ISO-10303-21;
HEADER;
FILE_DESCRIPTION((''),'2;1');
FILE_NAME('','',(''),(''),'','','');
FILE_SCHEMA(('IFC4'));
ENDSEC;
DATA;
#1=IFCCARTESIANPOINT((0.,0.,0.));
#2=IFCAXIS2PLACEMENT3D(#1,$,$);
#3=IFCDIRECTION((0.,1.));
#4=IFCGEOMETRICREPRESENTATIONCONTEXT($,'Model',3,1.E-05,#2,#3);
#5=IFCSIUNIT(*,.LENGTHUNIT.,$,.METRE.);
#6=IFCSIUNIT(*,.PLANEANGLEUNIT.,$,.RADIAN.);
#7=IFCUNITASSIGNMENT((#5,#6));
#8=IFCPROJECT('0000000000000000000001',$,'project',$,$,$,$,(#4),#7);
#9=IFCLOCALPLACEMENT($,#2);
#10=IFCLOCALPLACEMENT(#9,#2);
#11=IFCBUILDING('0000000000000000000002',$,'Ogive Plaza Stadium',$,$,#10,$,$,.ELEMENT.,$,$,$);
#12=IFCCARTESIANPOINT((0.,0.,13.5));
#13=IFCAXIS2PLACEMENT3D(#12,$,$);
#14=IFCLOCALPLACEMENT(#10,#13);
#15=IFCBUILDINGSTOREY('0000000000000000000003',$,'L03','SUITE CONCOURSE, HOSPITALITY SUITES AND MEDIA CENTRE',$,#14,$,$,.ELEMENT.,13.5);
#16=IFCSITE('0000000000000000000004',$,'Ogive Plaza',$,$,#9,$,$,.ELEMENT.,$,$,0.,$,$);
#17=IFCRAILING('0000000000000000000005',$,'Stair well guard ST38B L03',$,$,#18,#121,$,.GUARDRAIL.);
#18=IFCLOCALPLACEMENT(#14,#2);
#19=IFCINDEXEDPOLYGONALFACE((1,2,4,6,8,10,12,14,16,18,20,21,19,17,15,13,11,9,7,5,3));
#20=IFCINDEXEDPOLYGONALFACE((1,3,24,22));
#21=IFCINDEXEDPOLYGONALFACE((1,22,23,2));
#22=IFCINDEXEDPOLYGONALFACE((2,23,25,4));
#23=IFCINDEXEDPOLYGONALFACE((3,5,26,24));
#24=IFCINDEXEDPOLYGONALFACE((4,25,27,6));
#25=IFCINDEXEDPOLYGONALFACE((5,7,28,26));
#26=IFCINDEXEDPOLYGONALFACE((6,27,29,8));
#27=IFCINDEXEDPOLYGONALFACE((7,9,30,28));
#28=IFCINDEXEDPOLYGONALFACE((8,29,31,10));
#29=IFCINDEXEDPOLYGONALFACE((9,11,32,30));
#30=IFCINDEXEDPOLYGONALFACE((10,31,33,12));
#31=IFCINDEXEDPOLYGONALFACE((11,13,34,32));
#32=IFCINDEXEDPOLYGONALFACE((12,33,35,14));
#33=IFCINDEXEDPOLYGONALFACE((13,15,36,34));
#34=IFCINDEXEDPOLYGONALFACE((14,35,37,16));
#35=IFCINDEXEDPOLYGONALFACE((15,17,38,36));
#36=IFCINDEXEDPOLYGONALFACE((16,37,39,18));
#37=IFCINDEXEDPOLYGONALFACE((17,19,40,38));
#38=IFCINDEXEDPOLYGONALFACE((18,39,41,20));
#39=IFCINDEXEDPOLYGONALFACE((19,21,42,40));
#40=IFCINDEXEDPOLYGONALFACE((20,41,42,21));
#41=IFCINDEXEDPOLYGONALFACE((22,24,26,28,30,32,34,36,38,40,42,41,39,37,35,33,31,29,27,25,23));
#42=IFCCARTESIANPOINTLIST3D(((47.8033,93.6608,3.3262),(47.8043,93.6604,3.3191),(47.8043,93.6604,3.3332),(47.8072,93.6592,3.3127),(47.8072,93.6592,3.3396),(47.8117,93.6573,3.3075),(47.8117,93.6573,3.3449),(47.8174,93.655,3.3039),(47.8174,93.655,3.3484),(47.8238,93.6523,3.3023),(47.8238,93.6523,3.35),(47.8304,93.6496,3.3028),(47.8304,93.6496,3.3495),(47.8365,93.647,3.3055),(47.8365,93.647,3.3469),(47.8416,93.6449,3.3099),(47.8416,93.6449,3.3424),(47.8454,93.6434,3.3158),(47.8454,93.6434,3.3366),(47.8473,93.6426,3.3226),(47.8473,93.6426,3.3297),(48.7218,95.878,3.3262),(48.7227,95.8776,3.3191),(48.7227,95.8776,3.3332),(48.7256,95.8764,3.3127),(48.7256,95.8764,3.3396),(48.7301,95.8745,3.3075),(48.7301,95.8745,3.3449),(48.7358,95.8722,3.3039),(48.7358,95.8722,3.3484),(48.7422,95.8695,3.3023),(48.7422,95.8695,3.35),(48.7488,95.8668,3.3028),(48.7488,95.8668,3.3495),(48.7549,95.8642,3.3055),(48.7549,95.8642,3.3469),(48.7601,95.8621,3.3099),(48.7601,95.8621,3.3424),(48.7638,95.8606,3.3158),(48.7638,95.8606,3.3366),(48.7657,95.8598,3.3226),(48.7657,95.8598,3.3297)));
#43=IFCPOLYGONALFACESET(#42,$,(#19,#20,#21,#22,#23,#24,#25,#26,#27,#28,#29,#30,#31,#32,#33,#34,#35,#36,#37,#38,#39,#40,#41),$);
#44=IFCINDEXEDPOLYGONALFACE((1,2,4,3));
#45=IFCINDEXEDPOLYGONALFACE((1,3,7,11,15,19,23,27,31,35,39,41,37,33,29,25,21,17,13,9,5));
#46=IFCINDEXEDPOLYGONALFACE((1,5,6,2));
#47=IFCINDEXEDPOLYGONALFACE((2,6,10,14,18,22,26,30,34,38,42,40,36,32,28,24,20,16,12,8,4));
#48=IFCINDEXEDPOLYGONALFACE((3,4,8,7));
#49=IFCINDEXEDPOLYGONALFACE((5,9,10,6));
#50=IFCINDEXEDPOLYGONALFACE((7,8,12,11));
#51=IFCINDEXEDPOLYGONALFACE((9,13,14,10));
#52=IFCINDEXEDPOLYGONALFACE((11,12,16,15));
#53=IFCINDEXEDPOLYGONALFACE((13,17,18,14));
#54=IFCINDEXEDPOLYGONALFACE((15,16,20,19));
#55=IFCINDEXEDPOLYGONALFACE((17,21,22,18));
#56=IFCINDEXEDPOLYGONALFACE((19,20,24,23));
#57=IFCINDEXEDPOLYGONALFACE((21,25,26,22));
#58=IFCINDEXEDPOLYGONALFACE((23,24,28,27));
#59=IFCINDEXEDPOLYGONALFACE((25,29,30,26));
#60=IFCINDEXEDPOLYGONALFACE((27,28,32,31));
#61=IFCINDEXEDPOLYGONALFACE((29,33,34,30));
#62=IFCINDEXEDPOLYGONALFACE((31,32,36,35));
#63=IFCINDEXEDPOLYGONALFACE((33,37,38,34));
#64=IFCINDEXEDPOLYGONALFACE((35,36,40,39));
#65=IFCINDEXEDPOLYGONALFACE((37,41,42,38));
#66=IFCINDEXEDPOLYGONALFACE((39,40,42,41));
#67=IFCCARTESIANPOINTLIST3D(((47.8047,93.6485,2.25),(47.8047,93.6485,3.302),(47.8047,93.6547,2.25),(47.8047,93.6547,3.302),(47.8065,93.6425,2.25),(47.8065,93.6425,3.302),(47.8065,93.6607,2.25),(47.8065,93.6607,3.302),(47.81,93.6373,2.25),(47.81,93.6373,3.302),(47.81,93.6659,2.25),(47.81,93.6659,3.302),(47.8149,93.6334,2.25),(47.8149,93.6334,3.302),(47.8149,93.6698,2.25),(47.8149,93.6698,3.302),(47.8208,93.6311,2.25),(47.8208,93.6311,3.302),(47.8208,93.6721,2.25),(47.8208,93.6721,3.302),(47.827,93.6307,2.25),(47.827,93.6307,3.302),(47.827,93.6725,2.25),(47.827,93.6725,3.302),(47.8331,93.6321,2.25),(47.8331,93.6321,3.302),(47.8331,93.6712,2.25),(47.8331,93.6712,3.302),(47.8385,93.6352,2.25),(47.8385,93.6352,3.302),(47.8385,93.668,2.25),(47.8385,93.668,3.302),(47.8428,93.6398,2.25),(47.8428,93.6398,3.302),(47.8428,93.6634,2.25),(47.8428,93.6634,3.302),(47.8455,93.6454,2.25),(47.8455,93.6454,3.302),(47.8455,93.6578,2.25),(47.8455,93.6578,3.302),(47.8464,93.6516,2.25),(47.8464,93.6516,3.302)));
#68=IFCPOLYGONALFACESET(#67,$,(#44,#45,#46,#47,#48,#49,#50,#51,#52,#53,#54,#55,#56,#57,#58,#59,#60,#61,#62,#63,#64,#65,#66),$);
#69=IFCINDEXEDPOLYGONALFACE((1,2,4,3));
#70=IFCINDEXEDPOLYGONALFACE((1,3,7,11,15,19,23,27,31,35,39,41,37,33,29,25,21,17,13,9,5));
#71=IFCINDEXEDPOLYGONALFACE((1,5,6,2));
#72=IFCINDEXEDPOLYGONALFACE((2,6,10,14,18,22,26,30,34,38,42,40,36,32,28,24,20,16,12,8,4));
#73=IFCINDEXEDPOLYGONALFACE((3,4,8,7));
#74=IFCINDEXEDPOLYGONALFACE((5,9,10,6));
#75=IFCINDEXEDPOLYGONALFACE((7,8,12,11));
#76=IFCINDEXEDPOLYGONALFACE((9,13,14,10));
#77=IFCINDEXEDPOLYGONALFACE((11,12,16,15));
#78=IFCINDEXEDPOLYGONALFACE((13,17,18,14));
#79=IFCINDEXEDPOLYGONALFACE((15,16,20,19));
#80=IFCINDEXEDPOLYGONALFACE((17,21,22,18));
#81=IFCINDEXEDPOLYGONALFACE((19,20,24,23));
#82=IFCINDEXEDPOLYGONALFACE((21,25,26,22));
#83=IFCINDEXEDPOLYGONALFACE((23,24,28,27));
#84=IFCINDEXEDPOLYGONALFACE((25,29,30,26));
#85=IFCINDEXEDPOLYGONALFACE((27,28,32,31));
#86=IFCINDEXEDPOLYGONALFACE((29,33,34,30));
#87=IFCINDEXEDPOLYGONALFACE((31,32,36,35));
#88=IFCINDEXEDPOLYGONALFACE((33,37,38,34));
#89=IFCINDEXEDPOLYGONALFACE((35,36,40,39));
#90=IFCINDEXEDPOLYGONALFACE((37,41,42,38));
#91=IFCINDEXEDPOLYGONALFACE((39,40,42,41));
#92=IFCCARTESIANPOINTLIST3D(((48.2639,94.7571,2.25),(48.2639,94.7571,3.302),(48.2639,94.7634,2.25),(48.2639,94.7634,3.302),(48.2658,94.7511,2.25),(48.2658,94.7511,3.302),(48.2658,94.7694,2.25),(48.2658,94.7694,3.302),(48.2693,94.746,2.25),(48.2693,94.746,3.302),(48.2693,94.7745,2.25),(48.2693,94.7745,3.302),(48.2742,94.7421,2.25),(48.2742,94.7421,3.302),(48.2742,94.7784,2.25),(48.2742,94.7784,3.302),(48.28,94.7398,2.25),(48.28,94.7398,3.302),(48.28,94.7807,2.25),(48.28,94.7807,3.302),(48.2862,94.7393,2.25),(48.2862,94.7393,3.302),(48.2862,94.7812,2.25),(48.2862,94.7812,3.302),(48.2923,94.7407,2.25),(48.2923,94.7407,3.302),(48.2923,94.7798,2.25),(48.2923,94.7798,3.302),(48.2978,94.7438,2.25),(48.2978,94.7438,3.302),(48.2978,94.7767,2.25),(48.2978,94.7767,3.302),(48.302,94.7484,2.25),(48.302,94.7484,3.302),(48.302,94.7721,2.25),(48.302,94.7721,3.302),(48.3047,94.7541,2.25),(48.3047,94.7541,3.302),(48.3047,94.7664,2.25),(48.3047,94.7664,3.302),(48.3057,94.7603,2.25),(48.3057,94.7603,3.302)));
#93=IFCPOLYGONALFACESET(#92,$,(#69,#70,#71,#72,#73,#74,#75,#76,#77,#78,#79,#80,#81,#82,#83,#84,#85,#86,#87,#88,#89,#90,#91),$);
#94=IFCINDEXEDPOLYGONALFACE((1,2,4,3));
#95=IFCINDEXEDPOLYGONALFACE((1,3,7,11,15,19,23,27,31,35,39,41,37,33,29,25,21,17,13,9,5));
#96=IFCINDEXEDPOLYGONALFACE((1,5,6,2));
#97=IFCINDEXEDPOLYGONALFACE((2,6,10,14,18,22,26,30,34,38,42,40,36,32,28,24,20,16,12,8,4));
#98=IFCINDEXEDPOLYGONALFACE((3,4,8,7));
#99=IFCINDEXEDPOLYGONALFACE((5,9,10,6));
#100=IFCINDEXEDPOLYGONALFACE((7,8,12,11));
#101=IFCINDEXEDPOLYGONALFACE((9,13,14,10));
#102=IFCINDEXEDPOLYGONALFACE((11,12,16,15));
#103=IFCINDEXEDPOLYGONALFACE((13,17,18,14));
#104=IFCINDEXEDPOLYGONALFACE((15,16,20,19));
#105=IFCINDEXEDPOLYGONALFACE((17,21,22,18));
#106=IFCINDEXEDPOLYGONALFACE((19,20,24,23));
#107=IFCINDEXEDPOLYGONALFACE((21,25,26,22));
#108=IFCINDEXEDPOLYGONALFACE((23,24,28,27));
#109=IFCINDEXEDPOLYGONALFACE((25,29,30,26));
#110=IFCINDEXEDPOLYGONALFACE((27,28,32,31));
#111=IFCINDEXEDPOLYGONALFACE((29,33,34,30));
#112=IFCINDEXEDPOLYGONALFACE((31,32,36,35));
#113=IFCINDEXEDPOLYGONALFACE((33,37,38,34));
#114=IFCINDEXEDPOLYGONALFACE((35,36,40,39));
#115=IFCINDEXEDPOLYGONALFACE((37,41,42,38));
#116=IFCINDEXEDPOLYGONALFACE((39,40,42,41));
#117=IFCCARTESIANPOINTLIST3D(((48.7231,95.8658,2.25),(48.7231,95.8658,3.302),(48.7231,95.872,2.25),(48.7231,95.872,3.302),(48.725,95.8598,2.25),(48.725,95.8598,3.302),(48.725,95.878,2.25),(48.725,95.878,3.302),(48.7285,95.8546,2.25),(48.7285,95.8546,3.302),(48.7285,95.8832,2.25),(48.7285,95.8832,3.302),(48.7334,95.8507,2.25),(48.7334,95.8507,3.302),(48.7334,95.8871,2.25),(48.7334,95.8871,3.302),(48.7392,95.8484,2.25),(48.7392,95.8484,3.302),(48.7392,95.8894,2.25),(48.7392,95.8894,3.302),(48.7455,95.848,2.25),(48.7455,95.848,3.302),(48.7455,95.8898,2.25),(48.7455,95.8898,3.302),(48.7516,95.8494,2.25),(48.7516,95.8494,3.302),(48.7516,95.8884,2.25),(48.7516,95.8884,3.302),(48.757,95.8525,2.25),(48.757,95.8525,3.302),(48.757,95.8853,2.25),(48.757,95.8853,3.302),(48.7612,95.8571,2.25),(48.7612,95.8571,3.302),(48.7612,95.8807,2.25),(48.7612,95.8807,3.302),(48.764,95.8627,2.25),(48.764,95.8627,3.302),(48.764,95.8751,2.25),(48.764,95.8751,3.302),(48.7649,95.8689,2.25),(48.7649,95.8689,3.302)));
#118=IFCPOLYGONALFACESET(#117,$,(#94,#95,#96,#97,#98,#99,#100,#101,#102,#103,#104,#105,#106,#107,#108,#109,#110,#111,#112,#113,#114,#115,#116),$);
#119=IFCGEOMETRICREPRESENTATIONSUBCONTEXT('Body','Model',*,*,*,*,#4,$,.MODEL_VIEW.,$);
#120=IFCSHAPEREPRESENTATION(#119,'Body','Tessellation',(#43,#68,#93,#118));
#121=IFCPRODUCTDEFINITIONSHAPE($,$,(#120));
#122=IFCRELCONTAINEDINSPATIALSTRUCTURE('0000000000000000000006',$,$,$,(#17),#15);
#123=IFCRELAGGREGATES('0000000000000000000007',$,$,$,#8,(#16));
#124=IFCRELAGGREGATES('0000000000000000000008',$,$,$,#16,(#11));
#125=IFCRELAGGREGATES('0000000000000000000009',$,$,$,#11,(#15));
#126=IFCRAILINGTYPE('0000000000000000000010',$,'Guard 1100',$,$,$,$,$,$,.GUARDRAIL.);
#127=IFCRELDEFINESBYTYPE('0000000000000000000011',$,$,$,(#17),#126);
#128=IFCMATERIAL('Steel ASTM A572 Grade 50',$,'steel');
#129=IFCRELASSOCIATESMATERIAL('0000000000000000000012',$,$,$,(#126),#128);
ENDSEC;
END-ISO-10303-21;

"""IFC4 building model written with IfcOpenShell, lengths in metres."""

from ifc_helpers import new_model, si_unit, direction, frame, origin, origin_2d, place, context, subcontext, project, spatial, circle, extrude, material, type_object, element, save


model = new_model("IFC4")

# Units and contexts
model_context = context("Model", 3, precision=1e-05, world=origin(), true_north=direction((0.0, 1.0)))
body_context = subcontext(model_context, "Body", "Model", "MODEL_VIEW")
ifc_project = project(units=[si_unit("LENGTHUNIT", "METRE"), si_unit("PLANEANGLEUNIT", "RADIAN")], contexts=[model_context])

# Site, building, storey
site_placement = place(None, origin())
site = spatial("IfcSite", under=ifc_project, at=site_placement, Name="Ogive Plaza", CompositionType="ELEMENT", RefElevation=0.0)
building_placement = place(site_placement, origin())
building = spatial("IfcBuilding", under=site, at=building_placement, Name="Ogive Plaza Stadium", CompositionType="ELEMENT")
storey_placement = place(building_placement, frame((0.0, 0.0, 13.5)))
storey = spatial("IfcBuildingStorey", under=building, at=storey_placement, Name="L03", Description="SUITE CONCOURSE, HOSPITALITY SUITES AND MEDIA CENTRE", CompositionType="ELEMENT", Elevation=13.5)

# Railing
ifc_material_1 = material(Name="Steel ASTM A572 Grade 50", Category="steel")
railing_type_1 = type_object("IfcRailingType", Name="Guard 1100", PredefinedType="GUARDRAIL", material=ifc_material_1)
for number, where, name in (
    (1, (47.8254, 93.6516, 2.25), "Stair well guard ST38B L03"),
):
    element("IfcRailing", number, at=place(storey_placement, frame(where)), inside=storey, type_object=railing_type_1, Name=name, PredefinedType="GUARDRAIL", context=body_context, shape_type="SweptSolid", body=[
        extrude(circle(Radius=0.0239, at=origin_2d()), frame((0.0, 0.0, 1.0762), z_axis=(0.382693, 0.923875, 0.0), x_axis=(-0.923875, 0.382693, 0.0)), (0.0, 0.0, 1.0), 2.3999),
        extrude(circle(Radius=0.021, at=origin_2d()), origin(), (0.0, 0.0, 1.0), 1.052),
        extrude(circle(Radius=0.021, at=origin_2d()), frame((0.4592, 1.1086, 0.0)), (0.0, 0.0, 1.0), 1.052),
        extrude(circle(Radius=0.021, at=origin_2d()), frame((0.9185, 2.2173, 0.0)), (0.0, 0.0, 1.0), 1.052),
    ])

save(model, "model.ifc")
